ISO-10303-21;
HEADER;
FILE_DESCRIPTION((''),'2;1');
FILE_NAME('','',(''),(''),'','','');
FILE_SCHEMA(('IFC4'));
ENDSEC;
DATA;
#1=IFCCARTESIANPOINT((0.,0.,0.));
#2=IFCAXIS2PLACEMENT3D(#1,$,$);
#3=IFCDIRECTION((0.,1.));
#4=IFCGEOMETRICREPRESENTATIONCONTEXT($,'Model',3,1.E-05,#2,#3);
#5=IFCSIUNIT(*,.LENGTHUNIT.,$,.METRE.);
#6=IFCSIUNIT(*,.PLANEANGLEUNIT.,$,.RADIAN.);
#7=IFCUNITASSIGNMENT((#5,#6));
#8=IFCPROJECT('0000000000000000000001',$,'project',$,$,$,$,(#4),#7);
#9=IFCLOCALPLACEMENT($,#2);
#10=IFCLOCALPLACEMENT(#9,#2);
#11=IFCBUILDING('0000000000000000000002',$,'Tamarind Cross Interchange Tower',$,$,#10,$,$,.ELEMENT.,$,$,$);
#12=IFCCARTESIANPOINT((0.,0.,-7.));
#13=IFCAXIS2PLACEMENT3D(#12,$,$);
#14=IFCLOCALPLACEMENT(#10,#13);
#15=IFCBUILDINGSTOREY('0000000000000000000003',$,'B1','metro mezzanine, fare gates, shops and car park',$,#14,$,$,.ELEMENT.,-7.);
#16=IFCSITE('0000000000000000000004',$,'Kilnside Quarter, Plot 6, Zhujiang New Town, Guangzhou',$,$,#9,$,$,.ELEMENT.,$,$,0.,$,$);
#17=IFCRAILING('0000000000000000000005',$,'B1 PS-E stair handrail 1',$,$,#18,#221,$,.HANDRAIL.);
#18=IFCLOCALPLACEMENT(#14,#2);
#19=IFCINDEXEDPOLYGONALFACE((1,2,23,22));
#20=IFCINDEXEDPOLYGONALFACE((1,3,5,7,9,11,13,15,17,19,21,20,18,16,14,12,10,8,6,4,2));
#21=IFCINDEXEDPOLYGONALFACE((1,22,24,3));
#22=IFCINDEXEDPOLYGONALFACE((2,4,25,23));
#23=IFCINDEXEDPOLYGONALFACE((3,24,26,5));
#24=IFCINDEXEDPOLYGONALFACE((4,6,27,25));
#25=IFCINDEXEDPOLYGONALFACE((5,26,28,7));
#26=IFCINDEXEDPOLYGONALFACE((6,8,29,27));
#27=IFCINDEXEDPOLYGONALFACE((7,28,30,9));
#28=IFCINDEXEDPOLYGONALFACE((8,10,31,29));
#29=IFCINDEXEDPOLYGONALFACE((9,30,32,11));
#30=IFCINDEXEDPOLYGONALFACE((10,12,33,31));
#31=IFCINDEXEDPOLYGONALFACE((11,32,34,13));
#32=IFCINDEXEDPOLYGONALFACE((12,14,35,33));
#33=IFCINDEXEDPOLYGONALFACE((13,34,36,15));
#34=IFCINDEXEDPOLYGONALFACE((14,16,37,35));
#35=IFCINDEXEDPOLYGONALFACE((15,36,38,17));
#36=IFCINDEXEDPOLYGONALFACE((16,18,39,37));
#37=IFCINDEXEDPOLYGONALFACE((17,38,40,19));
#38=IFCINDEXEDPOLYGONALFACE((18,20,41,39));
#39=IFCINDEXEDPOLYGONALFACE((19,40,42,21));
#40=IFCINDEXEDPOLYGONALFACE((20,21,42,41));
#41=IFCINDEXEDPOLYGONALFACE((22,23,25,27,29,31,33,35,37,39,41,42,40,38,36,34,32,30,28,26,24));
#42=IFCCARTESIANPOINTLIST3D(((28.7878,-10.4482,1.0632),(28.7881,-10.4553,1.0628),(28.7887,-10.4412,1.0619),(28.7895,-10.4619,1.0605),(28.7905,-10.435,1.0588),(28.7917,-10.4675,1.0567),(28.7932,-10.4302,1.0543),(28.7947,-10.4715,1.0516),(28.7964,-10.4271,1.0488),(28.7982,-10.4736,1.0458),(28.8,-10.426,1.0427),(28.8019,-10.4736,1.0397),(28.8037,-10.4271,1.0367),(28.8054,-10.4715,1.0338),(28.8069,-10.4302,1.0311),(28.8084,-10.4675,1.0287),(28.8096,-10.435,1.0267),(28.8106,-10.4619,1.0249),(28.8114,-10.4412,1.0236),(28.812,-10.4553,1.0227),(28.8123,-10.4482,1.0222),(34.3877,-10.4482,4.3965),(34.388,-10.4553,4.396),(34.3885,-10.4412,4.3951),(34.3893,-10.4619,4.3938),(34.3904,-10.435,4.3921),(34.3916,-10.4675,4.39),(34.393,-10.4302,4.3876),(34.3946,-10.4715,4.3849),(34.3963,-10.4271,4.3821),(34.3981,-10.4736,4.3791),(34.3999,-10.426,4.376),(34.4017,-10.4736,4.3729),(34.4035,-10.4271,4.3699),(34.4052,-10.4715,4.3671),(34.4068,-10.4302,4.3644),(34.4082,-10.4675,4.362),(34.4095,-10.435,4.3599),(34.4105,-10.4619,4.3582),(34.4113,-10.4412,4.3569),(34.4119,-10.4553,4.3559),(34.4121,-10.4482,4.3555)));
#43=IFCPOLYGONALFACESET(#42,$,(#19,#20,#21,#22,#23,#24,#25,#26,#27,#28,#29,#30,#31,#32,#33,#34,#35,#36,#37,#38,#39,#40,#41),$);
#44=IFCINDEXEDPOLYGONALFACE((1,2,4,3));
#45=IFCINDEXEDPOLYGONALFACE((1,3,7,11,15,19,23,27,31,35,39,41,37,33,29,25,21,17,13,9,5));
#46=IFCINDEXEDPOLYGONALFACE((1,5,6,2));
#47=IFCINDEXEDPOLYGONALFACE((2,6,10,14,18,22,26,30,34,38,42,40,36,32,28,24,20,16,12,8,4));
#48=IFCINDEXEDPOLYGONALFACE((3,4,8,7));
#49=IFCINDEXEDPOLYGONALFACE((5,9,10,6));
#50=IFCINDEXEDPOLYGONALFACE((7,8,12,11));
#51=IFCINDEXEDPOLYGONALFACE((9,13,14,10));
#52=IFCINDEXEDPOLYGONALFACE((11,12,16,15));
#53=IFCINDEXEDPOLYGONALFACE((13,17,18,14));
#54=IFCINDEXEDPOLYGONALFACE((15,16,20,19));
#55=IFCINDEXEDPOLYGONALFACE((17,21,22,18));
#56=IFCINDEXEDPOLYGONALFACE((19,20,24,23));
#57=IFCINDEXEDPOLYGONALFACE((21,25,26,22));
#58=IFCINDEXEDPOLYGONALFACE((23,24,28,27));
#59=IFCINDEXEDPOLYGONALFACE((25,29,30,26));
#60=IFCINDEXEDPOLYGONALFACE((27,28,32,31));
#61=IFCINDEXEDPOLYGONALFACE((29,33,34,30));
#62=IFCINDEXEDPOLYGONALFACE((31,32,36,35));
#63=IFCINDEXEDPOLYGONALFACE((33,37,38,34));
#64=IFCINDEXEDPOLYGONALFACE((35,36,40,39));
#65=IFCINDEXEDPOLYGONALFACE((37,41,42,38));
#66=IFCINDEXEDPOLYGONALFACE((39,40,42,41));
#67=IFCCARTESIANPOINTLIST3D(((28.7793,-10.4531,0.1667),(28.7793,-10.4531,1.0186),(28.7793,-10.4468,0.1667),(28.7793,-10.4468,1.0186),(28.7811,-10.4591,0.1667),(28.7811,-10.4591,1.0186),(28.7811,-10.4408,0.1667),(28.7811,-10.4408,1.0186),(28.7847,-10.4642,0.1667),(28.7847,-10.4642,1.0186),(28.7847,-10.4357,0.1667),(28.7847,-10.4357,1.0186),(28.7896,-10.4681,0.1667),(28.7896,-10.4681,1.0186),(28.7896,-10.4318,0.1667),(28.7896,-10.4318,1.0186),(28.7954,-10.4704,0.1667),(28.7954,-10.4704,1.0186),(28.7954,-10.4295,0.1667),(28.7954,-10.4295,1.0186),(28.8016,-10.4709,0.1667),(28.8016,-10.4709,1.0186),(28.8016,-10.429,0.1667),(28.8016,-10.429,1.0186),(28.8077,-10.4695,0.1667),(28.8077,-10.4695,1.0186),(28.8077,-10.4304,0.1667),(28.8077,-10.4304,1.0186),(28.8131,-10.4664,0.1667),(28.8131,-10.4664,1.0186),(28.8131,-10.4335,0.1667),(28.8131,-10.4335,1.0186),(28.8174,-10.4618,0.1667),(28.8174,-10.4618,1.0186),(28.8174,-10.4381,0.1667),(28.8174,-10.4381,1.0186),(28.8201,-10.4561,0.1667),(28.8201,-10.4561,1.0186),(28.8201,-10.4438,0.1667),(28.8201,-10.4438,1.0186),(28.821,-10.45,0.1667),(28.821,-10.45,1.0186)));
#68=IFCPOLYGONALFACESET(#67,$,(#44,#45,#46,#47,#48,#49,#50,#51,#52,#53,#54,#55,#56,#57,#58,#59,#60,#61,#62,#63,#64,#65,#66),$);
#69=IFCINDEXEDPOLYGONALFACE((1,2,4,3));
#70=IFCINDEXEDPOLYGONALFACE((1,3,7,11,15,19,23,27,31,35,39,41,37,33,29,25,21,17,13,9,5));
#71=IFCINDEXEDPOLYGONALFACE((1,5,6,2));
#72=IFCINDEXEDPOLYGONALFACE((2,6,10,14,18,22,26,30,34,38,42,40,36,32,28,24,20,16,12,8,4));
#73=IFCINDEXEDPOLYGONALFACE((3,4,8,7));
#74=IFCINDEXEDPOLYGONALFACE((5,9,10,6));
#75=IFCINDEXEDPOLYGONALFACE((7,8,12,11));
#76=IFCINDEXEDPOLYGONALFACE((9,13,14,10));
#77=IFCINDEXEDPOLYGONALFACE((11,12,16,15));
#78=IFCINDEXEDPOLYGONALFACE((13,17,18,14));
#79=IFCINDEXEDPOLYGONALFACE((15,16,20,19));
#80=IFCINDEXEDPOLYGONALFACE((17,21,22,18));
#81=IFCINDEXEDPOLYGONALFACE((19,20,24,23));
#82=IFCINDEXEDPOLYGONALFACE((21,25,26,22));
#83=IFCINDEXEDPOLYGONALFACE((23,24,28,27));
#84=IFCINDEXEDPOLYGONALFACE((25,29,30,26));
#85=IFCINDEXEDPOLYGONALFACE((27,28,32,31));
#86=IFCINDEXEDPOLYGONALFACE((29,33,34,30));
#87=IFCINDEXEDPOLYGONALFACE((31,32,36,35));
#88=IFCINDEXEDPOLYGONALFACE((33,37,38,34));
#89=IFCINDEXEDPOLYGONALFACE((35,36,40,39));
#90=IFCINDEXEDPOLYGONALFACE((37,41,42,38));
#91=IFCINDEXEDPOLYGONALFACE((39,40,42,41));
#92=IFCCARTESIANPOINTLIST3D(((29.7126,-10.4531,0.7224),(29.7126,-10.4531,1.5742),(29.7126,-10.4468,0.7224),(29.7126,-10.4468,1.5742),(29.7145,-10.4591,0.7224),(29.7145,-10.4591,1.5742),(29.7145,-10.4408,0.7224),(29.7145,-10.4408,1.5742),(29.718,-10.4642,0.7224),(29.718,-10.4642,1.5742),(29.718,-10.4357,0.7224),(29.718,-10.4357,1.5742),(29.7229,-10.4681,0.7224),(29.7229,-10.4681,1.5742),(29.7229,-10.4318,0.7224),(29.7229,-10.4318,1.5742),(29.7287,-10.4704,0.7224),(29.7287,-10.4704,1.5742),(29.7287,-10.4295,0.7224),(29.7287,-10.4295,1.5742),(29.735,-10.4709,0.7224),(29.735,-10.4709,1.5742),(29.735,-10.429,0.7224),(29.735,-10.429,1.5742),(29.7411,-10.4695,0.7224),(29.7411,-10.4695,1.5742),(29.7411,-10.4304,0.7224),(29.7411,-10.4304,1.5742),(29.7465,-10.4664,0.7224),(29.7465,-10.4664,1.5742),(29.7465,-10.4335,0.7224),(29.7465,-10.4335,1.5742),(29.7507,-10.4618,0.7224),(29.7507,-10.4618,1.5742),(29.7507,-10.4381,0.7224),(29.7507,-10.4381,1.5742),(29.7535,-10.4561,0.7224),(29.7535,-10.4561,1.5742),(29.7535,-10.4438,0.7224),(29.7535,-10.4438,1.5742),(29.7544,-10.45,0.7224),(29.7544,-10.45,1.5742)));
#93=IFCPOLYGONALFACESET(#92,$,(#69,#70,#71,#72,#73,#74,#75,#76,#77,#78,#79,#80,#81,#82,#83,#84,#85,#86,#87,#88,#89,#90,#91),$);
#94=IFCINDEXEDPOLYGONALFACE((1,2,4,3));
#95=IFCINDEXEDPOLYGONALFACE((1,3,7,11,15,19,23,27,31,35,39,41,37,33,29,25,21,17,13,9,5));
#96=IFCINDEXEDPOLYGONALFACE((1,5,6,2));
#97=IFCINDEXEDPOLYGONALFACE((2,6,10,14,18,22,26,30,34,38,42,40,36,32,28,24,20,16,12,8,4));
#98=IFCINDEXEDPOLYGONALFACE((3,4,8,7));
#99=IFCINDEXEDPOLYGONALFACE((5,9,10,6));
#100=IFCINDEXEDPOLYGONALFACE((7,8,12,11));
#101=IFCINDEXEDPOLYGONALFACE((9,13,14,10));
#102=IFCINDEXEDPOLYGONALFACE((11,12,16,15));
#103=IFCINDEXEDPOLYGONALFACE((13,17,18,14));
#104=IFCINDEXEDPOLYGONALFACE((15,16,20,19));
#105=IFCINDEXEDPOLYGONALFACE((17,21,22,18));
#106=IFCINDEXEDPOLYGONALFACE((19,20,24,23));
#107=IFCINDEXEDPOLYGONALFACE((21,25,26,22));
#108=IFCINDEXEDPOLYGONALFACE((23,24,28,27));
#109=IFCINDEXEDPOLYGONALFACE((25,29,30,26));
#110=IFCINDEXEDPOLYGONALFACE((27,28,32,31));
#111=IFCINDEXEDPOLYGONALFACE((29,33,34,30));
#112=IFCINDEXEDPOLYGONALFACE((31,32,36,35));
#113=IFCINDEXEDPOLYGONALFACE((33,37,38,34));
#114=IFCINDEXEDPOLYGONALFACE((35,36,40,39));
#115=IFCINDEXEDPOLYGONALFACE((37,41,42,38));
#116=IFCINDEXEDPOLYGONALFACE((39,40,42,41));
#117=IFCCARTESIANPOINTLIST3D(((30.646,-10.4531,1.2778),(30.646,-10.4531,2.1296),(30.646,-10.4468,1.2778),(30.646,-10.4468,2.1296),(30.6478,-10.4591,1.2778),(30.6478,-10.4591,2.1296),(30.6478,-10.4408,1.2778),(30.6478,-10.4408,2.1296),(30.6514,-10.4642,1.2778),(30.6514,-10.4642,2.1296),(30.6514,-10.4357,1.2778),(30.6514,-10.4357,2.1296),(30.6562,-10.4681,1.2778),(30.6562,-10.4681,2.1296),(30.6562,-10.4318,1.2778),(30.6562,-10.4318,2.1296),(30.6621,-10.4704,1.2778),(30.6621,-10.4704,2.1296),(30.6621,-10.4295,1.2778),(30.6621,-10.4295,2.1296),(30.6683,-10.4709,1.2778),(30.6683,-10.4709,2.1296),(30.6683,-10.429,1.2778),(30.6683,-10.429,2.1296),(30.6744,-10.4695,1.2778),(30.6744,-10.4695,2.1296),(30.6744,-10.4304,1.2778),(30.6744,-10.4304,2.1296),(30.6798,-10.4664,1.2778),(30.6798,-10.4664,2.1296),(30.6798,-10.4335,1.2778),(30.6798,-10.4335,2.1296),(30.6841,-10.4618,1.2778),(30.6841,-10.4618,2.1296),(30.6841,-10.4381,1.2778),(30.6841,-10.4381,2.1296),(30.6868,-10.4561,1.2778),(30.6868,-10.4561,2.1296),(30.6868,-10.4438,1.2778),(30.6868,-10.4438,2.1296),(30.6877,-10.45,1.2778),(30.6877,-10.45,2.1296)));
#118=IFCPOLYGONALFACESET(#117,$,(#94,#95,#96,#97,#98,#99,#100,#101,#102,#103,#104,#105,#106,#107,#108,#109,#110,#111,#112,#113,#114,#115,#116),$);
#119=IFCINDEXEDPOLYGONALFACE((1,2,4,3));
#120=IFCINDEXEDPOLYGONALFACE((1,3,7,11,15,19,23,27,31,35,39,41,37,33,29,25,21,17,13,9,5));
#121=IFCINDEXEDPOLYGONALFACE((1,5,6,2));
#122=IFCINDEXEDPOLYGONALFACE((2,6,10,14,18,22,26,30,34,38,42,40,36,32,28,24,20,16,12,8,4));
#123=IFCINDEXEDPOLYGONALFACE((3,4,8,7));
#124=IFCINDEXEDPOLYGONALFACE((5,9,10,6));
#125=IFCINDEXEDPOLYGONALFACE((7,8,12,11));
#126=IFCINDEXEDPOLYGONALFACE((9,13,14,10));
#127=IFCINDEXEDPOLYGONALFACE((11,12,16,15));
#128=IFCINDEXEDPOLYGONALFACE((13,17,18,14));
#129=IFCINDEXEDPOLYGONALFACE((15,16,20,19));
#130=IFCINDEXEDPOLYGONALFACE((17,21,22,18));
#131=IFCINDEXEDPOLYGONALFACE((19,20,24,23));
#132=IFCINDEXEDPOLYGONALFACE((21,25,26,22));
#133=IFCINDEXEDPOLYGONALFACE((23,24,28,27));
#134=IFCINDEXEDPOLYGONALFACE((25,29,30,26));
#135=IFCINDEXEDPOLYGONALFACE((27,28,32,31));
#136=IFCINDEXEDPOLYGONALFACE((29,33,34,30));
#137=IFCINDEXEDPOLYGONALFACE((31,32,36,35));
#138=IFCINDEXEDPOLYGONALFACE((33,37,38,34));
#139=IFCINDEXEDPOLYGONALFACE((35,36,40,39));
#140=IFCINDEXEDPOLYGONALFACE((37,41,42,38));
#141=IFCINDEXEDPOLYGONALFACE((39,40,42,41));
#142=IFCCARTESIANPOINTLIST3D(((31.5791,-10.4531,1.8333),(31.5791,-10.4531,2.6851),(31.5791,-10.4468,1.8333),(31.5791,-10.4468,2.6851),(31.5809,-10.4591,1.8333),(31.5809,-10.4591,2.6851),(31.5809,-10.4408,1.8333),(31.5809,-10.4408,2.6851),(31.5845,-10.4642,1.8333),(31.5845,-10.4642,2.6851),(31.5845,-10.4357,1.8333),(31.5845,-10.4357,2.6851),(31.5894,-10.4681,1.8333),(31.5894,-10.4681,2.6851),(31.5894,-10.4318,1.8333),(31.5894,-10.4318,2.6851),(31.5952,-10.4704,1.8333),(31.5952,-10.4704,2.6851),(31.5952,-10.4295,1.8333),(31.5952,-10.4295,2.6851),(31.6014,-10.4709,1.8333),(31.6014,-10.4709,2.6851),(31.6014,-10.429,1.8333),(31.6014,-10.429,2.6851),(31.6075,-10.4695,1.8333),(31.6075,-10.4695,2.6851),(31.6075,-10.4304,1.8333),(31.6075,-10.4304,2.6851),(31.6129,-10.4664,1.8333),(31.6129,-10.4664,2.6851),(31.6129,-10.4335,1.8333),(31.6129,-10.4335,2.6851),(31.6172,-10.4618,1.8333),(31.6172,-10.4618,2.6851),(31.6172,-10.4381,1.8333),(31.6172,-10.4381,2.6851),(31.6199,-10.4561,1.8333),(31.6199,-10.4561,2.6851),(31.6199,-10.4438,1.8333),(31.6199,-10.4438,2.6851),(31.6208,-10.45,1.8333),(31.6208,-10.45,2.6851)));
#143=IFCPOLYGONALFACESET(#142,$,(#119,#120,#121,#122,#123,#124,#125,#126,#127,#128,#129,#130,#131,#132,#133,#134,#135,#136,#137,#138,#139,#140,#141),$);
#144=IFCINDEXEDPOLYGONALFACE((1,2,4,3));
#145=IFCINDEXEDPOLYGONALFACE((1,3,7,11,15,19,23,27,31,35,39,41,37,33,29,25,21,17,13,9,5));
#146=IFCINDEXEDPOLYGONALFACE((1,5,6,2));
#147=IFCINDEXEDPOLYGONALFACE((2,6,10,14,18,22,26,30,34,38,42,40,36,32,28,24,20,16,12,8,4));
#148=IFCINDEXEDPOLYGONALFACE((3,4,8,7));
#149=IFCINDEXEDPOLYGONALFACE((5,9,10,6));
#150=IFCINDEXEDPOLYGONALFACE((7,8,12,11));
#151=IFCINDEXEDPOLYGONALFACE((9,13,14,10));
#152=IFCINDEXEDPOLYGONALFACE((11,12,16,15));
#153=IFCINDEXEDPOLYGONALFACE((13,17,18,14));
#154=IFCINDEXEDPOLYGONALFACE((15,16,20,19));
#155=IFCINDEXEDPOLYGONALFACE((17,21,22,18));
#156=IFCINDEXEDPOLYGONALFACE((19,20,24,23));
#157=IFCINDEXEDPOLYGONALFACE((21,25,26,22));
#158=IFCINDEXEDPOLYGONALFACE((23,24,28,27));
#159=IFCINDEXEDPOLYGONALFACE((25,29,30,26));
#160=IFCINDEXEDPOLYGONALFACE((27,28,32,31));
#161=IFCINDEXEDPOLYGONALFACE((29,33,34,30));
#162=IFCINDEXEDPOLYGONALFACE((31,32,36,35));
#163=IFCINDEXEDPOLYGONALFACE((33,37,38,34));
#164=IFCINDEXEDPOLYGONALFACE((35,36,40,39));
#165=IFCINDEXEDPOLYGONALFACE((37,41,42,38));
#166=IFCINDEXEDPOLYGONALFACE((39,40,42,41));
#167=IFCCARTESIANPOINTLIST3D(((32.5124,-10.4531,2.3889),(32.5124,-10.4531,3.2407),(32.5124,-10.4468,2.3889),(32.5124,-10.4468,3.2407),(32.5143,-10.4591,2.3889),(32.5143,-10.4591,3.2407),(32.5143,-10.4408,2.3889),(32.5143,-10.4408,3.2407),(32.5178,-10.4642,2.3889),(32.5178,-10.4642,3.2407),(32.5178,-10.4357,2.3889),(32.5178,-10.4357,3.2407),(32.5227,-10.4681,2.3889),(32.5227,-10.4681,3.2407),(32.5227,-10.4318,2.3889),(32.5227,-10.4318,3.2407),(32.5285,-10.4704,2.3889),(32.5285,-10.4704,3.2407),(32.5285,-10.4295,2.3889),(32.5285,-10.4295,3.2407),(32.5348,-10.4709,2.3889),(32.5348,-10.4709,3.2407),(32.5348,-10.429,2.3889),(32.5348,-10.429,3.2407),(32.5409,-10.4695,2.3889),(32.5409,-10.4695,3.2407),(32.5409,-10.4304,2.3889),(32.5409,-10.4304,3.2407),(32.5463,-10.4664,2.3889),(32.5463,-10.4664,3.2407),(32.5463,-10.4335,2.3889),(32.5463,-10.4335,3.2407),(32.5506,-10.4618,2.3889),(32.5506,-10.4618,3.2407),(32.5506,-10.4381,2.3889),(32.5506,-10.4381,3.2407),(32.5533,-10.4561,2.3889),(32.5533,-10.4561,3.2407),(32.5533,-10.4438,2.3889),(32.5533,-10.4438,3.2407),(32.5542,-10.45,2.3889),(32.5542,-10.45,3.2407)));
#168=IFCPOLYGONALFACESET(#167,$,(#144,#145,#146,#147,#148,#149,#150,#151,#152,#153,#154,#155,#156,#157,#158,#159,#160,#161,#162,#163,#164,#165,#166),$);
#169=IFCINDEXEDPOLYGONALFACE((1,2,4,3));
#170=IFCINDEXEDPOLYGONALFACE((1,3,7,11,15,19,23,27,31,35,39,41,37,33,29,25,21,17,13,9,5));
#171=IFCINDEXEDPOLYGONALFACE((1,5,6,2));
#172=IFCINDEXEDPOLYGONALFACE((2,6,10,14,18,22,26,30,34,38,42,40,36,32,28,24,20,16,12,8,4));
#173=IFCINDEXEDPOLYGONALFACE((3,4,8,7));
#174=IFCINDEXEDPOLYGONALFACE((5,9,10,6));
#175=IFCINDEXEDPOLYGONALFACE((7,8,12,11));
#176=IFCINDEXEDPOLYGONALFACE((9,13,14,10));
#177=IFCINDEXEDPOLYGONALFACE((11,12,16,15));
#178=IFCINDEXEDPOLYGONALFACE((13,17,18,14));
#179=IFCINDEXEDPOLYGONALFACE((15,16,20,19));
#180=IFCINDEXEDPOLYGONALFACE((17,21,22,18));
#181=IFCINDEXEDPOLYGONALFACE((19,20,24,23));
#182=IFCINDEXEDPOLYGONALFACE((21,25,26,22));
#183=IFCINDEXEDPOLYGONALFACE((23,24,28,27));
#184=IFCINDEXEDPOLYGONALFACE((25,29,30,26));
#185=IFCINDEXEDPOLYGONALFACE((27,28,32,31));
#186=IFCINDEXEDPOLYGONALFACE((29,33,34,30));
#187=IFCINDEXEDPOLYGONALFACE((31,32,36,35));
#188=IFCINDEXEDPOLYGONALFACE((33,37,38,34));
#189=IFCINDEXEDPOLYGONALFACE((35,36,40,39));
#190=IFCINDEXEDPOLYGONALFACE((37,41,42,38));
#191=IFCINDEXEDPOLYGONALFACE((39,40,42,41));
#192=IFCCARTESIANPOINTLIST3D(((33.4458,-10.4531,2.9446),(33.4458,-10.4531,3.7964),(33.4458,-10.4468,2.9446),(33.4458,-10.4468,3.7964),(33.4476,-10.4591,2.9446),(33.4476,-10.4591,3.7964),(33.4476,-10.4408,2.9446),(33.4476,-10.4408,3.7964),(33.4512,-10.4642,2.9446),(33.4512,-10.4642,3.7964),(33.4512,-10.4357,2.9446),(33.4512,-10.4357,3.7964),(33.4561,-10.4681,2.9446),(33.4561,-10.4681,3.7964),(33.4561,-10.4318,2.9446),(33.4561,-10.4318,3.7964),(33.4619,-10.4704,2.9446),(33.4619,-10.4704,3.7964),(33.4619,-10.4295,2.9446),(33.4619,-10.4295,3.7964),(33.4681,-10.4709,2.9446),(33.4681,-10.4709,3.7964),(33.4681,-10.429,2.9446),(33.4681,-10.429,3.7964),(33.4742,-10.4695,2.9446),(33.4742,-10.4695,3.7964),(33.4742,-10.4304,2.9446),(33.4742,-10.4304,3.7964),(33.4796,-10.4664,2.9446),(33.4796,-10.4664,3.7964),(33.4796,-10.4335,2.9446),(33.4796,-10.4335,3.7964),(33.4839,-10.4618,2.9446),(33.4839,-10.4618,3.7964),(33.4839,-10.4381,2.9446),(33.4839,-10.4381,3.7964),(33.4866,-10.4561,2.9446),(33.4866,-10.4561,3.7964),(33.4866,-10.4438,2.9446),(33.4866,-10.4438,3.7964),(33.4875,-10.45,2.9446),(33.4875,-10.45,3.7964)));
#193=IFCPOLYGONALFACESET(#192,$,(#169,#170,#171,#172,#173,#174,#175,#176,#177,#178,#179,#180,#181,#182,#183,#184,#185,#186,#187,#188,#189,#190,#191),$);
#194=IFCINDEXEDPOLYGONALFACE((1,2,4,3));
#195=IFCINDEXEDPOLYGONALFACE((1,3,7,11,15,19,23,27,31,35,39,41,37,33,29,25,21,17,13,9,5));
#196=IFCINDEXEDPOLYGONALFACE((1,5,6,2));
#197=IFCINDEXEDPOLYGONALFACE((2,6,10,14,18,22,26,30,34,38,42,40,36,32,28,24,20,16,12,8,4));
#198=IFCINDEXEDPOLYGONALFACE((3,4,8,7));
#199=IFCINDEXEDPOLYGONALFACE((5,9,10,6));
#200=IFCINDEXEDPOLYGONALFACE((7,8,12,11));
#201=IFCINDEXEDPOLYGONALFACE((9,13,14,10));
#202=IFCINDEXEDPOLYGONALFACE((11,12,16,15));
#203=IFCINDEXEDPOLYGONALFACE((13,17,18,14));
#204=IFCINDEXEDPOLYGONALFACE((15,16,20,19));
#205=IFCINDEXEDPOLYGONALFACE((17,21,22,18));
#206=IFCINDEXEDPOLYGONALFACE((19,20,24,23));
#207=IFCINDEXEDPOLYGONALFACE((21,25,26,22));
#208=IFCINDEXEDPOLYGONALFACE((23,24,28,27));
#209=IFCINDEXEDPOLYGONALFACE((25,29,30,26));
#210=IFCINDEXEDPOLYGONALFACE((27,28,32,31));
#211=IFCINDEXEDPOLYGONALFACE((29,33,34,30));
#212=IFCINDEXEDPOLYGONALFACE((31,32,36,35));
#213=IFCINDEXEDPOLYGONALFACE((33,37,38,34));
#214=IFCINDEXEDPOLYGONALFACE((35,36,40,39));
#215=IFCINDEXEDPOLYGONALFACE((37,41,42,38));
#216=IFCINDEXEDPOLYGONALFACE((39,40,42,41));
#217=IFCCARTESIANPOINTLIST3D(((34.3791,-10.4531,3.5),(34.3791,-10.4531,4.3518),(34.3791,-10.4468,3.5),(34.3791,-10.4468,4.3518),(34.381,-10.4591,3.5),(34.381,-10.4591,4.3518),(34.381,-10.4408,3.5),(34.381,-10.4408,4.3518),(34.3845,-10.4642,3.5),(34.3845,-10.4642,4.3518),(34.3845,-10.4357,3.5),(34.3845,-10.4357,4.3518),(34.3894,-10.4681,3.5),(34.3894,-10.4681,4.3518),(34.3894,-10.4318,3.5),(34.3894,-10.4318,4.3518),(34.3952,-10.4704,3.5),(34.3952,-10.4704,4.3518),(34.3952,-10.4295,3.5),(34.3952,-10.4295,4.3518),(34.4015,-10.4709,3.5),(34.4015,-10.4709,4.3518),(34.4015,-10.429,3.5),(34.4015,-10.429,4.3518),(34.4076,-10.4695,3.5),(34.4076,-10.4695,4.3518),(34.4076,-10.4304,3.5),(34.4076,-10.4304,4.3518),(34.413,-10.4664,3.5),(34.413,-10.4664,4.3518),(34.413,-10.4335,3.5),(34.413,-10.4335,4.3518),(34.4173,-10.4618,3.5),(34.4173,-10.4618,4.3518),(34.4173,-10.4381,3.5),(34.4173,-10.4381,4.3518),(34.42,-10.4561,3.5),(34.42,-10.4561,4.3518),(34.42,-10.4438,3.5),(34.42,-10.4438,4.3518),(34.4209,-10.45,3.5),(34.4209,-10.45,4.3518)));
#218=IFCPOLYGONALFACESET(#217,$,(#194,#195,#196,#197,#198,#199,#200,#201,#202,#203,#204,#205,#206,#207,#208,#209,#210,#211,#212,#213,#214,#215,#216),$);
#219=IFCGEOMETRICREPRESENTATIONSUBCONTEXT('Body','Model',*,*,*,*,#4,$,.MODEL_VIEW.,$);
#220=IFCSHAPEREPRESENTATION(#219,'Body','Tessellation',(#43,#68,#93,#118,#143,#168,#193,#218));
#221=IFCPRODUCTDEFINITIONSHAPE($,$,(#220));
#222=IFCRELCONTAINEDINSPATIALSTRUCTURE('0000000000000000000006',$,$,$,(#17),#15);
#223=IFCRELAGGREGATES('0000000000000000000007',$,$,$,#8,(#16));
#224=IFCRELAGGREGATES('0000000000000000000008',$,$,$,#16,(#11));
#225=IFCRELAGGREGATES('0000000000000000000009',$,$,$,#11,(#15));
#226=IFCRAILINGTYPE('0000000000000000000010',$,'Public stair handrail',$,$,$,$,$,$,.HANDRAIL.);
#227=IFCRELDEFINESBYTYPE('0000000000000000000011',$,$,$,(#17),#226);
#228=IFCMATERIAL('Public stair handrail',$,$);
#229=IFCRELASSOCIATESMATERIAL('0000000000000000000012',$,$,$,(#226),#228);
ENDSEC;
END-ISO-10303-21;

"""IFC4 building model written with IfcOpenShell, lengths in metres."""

from ifc_helpers import new_model, si_unit, direction, frame, origin, origin_2d, place, context, subcontext, project, spatial, circle, extrude, material, type_object, element, save


model = new_model("IFC4")

# Units and contexts
model_context = context("Model", 3, precision=1e-05, world=origin(), true_north=direction((0.0, 1.0)))
body_context = subcontext(model_context, "Body", "Model", "MODEL_VIEW")
ifc_project = project(units=[si_unit("LENGTHUNIT", "METRE"), si_unit("PLANEANGLEUNIT", "RADIAN")], contexts=[model_context])

# Site, building, storey
site_placement = place(None, origin())
site = spatial("IfcSite", under=ifc_project, at=site_placement, Name="Kilnside Quarter, Plot 6, Zhujiang New Town, Guangzhou", CompositionType="ELEMENT", RefElevation=0.0)
building_placement = place(site_placement, origin())
building = spatial("IfcBuilding", under=site, at=building_placement, Name="Tamarind Cross Interchange Tower", CompositionType="ELEMENT")
storey_placement = place(building_placement, frame((0.0, 0.0, -7.0)))
storey = spatial("IfcBuildingStorey", under=building, at=storey_placement, Name="B1", Description="metro mezzanine, fare gates, shops and car park", CompositionType="ELEMENT", Elevation=-7.0)

# Railing
ifc_material_1 = material(Name="Public stair handrail")
railing_type_1 = type_object("IfcRailingType", Name="Public stair handrail", PredefinedType="HANDRAIL", material=ifc_material_1)
railing_1_placement = place(storey_placement, frame((28.8, -10.45, 0.1667)))
element("IfcRailing", 1, at=railing_1_placement, inside=storey, type_object=railing_type_1, Name="B1 PS-E stair handrail 1", PredefinedType="HANDRAIL", context=body_context, shape_type="SweptSolid", body=[
    extrude(circle(Radius=0.0239, at=origin_2d()), frame((0.0, 0.0, 0.876), z_axis=(0.859292, 0.0, 0.511485), x_axis=(0.0, 1.0, 0.0)), (0.0, 0.0, 1.0), 6.5168),
    extrude(circle(Radius=0.021, at=origin_2d()), origin(), (0.0, 0.0, 1.0), 0.8518),
    extrude(circle(Radius=0.021, at=origin_2d()), frame((0.9333, 0.0, 0.5557)), (0.0, 0.0, 1.0), 0.8518),
    extrude(circle(Radius=0.021, at=origin_2d()), frame((1.8667, 0.0, 1.1111)), (0.0, 0.0, 1.0), 0.8518),
    extrude(circle(Radius=0.021, at=origin_2d()), frame((2.7998, 0.0, 1.6665)), (0.0, 0.0, 1.0), 0.8518),
    extrude(circle(Radius=0.021, at=origin_2d()), frame((3.7332, 0.0, 2.2222)), (0.0, 0.0, 1.0), 0.8518),
    extrude(circle(Radius=0.021, at=origin_2d()), frame((4.6665, 0.0, 2.7778)), (0.0, 0.0, 1.0), 0.8518),
    extrude(circle(Radius=0.021, at=origin_2d()), frame((5.5999, 0.0, 3.3333)), (0.0, 0.0, 1.0), 0.8518),
])

save(model, "model.ifc")
